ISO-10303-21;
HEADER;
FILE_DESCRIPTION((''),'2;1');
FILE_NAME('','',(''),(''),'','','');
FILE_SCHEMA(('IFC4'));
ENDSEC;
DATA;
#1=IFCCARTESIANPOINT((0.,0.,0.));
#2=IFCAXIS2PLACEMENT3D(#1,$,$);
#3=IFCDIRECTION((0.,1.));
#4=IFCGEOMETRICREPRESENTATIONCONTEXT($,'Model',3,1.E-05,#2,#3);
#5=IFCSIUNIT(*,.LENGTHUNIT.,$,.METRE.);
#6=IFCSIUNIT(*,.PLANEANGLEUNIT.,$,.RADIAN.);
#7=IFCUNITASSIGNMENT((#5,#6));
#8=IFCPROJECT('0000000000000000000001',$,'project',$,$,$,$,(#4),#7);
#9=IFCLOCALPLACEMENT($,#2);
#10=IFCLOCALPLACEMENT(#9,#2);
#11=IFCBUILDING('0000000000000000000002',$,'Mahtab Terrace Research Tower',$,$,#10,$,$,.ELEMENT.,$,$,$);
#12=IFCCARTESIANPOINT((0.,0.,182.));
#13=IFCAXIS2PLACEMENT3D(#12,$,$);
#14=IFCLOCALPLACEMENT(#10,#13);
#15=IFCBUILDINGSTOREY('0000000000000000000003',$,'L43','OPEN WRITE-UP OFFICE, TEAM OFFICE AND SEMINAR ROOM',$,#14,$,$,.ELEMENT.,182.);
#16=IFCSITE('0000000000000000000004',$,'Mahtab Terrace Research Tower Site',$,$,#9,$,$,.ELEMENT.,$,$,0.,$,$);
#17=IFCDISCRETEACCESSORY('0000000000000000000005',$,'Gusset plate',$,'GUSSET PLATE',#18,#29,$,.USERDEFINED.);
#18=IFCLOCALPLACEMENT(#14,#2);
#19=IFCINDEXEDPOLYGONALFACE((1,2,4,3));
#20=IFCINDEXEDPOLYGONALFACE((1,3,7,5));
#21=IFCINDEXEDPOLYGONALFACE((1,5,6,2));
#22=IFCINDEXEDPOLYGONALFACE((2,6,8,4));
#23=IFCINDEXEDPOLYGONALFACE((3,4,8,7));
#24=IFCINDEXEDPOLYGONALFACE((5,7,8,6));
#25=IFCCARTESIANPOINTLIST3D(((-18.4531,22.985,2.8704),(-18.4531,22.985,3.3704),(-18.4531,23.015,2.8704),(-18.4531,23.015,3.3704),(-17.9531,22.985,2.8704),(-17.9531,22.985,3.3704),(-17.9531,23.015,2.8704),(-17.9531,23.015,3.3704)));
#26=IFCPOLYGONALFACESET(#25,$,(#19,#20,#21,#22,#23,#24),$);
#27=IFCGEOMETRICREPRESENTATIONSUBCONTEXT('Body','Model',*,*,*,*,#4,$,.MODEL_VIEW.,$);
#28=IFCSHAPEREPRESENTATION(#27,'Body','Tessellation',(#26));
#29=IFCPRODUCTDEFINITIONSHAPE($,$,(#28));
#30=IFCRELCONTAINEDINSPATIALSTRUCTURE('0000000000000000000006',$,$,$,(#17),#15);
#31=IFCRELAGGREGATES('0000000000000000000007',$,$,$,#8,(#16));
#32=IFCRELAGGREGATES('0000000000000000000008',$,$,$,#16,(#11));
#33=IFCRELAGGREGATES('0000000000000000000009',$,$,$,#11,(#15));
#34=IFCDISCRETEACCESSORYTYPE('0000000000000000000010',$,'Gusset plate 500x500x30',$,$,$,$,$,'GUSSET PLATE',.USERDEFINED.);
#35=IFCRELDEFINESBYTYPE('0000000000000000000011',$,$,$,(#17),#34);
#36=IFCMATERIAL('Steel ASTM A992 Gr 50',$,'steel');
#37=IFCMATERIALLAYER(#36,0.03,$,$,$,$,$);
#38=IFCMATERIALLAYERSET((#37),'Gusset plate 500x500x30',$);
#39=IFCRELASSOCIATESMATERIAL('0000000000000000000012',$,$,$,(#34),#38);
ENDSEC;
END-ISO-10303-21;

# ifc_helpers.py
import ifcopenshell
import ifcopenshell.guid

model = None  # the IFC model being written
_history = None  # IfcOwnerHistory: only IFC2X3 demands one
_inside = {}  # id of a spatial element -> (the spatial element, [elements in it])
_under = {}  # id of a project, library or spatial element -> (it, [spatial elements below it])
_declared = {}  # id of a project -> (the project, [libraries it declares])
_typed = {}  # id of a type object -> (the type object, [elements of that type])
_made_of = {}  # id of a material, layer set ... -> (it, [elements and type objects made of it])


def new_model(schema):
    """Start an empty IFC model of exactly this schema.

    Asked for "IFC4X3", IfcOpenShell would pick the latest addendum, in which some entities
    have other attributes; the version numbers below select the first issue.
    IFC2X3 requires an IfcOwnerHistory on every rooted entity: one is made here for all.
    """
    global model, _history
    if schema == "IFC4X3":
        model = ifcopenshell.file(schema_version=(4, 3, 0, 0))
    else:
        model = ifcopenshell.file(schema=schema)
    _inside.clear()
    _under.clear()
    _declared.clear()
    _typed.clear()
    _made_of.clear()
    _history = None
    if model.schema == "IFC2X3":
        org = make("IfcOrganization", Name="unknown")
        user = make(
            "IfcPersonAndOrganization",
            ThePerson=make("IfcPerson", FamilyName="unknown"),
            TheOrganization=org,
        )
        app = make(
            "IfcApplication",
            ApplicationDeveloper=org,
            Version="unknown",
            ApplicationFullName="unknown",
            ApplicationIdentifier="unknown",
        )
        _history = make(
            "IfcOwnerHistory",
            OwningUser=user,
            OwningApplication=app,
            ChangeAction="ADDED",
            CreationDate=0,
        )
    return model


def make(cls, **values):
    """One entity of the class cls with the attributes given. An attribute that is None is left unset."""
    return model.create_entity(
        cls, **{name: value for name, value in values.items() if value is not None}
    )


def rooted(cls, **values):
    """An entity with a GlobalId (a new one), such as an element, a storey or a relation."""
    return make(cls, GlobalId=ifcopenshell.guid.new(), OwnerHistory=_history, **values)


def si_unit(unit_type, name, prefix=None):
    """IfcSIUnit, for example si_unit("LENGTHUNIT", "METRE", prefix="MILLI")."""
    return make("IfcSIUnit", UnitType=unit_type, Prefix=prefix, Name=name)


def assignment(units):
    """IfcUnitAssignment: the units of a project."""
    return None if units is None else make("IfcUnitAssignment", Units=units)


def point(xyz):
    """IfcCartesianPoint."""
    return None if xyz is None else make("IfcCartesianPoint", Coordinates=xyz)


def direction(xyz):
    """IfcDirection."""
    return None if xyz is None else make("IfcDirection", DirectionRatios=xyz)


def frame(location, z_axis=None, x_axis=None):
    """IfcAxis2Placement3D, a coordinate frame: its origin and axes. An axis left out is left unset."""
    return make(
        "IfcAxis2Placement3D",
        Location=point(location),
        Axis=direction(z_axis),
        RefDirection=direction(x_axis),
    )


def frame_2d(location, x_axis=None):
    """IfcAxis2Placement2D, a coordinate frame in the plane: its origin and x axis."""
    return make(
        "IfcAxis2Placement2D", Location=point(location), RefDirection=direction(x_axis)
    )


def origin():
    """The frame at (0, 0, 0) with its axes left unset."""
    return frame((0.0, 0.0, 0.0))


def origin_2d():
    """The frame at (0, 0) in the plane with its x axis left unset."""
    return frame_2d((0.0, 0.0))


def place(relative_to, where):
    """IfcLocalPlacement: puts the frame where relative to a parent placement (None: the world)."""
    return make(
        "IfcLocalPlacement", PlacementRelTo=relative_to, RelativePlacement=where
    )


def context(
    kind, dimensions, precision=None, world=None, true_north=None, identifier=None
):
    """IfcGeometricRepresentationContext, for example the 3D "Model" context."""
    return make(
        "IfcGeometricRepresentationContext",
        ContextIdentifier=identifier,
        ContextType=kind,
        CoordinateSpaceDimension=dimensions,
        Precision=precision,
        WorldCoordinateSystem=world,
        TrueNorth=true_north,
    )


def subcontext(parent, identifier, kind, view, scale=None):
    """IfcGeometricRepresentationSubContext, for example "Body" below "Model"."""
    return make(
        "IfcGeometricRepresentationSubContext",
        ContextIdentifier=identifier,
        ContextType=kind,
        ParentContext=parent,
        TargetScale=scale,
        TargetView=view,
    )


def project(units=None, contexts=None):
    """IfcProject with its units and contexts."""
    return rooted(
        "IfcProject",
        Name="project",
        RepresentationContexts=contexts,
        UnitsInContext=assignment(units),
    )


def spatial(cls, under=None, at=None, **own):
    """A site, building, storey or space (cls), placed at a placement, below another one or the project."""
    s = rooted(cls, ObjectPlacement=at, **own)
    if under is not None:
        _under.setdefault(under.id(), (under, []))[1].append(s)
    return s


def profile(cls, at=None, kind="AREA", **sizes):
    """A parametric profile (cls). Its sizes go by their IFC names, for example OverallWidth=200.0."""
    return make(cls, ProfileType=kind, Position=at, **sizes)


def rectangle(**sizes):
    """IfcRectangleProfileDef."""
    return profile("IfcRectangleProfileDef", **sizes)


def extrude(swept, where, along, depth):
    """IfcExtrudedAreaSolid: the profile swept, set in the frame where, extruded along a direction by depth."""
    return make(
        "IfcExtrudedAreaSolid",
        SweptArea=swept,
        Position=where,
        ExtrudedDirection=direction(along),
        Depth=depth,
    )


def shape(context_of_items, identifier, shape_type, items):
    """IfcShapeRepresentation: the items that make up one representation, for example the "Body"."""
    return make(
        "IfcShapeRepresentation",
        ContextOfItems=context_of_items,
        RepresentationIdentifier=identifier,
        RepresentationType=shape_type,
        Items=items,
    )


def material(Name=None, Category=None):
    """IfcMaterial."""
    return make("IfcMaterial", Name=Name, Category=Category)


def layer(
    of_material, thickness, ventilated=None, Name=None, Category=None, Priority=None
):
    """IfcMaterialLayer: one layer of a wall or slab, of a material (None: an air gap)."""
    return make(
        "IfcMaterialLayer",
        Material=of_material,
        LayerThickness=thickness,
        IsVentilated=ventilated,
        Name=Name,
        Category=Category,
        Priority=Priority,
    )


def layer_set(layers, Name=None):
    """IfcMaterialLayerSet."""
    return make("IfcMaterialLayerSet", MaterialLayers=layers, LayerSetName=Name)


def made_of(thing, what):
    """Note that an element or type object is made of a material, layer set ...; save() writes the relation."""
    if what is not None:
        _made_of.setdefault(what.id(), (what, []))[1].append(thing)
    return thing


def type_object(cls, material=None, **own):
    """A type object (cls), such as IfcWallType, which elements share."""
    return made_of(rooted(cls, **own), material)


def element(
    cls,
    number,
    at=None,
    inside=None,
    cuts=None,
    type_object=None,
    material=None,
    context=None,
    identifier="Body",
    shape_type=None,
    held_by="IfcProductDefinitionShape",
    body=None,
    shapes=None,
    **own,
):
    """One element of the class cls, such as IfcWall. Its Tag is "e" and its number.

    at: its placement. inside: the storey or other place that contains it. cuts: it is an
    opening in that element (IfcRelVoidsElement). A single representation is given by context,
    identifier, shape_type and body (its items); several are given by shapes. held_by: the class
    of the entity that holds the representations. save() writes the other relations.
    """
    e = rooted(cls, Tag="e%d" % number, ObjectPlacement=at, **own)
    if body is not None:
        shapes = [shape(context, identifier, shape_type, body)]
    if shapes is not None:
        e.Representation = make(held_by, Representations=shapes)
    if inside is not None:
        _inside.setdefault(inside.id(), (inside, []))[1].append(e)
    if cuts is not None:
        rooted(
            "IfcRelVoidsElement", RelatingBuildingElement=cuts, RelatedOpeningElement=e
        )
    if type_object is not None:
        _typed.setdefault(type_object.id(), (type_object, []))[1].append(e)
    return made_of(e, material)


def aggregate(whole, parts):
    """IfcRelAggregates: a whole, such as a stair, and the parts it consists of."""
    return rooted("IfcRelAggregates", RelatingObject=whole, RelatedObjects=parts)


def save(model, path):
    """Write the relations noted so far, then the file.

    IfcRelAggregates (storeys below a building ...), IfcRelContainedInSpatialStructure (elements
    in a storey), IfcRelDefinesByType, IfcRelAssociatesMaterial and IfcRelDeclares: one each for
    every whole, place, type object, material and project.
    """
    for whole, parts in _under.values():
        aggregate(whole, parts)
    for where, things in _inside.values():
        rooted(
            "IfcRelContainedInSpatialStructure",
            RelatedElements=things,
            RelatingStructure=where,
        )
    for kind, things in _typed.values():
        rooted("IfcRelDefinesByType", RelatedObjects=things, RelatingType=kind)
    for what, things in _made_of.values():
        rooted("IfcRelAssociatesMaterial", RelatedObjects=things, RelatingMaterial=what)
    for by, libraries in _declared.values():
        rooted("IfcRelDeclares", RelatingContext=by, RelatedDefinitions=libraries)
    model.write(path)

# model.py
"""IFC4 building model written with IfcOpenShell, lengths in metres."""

from ifc_helpers import new_model, si_unit, direction, frame, origin, origin_2d, place, context, subcontext, project, spatial, rectangle, extrude, material, layer, layer_set, type_object, element, save


model = new_model("IFC4")

# Units and contexts
model_context = context("Model", 3, precision=1e-05, world=origin(), true_north=direction((0.0, 1.0)))
body_context = subcontext(model_context, "Body", "Model", "MODEL_VIEW")
ifc_project = project(units=[si_unit("LENGTHUNIT", "METRE"), si_unit("PLANEANGLEUNIT", "RADIAN")], contexts=[model_context])

# Site, building, storey
site_placement = place(None, origin())
site = spatial("IfcSite", under=ifc_project, at=site_placement, Name="Mahtab Terrace Research Tower Site", CompositionType="ELEMENT", RefElevation=0.0)
building_placement = place(site_placement, origin())
building = spatial("IfcBuilding", under=site, at=building_placement, Name="Mahtab Terrace Research Tower", CompositionType="ELEMENT")
storey_placement = place(building_placement, frame((0.0, 0.0, 182.0)))
storey = spatial("IfcBuildingStorey", under=building, at=storey_placement, Name="L43", Description="OPEN WRITE-UP OFFICE, TEAM OFFICE AND SEMINAR ROOM", CompositionType="ELEMENT", Elevation=182.0)

# Shared definitions
ifc_material_1 = material(Name="Steel ASTM A992 Gr 50", Category="steel")

# Discrete accessory
ifc_layer_1 = layer(ifc_material_1, 0.03)
ifc_layer_set_1 = layer_set([ifc_layer_1], Name="Gusset plate 500x500x30")
discrete_accessory_type = type_object("IfcDiscreteAccessoryType", Name="Gusset plate 500x500x30", ElementType="GUSSET PLATE", PredefinedType="USERDEFINED", material=ifc_layer_set_1)
for number, where, z_axis, x_axis, name in (
    (1, (-18.2031, 23.0, 2.8704), (0.0, 0.0, 1.0), (1.0, 0.0, 0.0), "Gusset plate"),
):
    element("IfcDiscreteAccessory", number, at=place(storey_placement, frame(where, z_axis=z_axis, x_axis=x_axis)), inside=storey, type_object=discrete_accessory_type, Name=name, ObjectType="GUSSET PLATE", PredefinedType="USERDEFINED", context=body_context, shape_type="SweptSolid", body=[
        extrude(rectangle(XDim=0.5, YDim=0.03, at=origin_2d()), origin(), (0.0, 0.0, 1.0), 0.5),
    ])

save(model, "model.ifc")
